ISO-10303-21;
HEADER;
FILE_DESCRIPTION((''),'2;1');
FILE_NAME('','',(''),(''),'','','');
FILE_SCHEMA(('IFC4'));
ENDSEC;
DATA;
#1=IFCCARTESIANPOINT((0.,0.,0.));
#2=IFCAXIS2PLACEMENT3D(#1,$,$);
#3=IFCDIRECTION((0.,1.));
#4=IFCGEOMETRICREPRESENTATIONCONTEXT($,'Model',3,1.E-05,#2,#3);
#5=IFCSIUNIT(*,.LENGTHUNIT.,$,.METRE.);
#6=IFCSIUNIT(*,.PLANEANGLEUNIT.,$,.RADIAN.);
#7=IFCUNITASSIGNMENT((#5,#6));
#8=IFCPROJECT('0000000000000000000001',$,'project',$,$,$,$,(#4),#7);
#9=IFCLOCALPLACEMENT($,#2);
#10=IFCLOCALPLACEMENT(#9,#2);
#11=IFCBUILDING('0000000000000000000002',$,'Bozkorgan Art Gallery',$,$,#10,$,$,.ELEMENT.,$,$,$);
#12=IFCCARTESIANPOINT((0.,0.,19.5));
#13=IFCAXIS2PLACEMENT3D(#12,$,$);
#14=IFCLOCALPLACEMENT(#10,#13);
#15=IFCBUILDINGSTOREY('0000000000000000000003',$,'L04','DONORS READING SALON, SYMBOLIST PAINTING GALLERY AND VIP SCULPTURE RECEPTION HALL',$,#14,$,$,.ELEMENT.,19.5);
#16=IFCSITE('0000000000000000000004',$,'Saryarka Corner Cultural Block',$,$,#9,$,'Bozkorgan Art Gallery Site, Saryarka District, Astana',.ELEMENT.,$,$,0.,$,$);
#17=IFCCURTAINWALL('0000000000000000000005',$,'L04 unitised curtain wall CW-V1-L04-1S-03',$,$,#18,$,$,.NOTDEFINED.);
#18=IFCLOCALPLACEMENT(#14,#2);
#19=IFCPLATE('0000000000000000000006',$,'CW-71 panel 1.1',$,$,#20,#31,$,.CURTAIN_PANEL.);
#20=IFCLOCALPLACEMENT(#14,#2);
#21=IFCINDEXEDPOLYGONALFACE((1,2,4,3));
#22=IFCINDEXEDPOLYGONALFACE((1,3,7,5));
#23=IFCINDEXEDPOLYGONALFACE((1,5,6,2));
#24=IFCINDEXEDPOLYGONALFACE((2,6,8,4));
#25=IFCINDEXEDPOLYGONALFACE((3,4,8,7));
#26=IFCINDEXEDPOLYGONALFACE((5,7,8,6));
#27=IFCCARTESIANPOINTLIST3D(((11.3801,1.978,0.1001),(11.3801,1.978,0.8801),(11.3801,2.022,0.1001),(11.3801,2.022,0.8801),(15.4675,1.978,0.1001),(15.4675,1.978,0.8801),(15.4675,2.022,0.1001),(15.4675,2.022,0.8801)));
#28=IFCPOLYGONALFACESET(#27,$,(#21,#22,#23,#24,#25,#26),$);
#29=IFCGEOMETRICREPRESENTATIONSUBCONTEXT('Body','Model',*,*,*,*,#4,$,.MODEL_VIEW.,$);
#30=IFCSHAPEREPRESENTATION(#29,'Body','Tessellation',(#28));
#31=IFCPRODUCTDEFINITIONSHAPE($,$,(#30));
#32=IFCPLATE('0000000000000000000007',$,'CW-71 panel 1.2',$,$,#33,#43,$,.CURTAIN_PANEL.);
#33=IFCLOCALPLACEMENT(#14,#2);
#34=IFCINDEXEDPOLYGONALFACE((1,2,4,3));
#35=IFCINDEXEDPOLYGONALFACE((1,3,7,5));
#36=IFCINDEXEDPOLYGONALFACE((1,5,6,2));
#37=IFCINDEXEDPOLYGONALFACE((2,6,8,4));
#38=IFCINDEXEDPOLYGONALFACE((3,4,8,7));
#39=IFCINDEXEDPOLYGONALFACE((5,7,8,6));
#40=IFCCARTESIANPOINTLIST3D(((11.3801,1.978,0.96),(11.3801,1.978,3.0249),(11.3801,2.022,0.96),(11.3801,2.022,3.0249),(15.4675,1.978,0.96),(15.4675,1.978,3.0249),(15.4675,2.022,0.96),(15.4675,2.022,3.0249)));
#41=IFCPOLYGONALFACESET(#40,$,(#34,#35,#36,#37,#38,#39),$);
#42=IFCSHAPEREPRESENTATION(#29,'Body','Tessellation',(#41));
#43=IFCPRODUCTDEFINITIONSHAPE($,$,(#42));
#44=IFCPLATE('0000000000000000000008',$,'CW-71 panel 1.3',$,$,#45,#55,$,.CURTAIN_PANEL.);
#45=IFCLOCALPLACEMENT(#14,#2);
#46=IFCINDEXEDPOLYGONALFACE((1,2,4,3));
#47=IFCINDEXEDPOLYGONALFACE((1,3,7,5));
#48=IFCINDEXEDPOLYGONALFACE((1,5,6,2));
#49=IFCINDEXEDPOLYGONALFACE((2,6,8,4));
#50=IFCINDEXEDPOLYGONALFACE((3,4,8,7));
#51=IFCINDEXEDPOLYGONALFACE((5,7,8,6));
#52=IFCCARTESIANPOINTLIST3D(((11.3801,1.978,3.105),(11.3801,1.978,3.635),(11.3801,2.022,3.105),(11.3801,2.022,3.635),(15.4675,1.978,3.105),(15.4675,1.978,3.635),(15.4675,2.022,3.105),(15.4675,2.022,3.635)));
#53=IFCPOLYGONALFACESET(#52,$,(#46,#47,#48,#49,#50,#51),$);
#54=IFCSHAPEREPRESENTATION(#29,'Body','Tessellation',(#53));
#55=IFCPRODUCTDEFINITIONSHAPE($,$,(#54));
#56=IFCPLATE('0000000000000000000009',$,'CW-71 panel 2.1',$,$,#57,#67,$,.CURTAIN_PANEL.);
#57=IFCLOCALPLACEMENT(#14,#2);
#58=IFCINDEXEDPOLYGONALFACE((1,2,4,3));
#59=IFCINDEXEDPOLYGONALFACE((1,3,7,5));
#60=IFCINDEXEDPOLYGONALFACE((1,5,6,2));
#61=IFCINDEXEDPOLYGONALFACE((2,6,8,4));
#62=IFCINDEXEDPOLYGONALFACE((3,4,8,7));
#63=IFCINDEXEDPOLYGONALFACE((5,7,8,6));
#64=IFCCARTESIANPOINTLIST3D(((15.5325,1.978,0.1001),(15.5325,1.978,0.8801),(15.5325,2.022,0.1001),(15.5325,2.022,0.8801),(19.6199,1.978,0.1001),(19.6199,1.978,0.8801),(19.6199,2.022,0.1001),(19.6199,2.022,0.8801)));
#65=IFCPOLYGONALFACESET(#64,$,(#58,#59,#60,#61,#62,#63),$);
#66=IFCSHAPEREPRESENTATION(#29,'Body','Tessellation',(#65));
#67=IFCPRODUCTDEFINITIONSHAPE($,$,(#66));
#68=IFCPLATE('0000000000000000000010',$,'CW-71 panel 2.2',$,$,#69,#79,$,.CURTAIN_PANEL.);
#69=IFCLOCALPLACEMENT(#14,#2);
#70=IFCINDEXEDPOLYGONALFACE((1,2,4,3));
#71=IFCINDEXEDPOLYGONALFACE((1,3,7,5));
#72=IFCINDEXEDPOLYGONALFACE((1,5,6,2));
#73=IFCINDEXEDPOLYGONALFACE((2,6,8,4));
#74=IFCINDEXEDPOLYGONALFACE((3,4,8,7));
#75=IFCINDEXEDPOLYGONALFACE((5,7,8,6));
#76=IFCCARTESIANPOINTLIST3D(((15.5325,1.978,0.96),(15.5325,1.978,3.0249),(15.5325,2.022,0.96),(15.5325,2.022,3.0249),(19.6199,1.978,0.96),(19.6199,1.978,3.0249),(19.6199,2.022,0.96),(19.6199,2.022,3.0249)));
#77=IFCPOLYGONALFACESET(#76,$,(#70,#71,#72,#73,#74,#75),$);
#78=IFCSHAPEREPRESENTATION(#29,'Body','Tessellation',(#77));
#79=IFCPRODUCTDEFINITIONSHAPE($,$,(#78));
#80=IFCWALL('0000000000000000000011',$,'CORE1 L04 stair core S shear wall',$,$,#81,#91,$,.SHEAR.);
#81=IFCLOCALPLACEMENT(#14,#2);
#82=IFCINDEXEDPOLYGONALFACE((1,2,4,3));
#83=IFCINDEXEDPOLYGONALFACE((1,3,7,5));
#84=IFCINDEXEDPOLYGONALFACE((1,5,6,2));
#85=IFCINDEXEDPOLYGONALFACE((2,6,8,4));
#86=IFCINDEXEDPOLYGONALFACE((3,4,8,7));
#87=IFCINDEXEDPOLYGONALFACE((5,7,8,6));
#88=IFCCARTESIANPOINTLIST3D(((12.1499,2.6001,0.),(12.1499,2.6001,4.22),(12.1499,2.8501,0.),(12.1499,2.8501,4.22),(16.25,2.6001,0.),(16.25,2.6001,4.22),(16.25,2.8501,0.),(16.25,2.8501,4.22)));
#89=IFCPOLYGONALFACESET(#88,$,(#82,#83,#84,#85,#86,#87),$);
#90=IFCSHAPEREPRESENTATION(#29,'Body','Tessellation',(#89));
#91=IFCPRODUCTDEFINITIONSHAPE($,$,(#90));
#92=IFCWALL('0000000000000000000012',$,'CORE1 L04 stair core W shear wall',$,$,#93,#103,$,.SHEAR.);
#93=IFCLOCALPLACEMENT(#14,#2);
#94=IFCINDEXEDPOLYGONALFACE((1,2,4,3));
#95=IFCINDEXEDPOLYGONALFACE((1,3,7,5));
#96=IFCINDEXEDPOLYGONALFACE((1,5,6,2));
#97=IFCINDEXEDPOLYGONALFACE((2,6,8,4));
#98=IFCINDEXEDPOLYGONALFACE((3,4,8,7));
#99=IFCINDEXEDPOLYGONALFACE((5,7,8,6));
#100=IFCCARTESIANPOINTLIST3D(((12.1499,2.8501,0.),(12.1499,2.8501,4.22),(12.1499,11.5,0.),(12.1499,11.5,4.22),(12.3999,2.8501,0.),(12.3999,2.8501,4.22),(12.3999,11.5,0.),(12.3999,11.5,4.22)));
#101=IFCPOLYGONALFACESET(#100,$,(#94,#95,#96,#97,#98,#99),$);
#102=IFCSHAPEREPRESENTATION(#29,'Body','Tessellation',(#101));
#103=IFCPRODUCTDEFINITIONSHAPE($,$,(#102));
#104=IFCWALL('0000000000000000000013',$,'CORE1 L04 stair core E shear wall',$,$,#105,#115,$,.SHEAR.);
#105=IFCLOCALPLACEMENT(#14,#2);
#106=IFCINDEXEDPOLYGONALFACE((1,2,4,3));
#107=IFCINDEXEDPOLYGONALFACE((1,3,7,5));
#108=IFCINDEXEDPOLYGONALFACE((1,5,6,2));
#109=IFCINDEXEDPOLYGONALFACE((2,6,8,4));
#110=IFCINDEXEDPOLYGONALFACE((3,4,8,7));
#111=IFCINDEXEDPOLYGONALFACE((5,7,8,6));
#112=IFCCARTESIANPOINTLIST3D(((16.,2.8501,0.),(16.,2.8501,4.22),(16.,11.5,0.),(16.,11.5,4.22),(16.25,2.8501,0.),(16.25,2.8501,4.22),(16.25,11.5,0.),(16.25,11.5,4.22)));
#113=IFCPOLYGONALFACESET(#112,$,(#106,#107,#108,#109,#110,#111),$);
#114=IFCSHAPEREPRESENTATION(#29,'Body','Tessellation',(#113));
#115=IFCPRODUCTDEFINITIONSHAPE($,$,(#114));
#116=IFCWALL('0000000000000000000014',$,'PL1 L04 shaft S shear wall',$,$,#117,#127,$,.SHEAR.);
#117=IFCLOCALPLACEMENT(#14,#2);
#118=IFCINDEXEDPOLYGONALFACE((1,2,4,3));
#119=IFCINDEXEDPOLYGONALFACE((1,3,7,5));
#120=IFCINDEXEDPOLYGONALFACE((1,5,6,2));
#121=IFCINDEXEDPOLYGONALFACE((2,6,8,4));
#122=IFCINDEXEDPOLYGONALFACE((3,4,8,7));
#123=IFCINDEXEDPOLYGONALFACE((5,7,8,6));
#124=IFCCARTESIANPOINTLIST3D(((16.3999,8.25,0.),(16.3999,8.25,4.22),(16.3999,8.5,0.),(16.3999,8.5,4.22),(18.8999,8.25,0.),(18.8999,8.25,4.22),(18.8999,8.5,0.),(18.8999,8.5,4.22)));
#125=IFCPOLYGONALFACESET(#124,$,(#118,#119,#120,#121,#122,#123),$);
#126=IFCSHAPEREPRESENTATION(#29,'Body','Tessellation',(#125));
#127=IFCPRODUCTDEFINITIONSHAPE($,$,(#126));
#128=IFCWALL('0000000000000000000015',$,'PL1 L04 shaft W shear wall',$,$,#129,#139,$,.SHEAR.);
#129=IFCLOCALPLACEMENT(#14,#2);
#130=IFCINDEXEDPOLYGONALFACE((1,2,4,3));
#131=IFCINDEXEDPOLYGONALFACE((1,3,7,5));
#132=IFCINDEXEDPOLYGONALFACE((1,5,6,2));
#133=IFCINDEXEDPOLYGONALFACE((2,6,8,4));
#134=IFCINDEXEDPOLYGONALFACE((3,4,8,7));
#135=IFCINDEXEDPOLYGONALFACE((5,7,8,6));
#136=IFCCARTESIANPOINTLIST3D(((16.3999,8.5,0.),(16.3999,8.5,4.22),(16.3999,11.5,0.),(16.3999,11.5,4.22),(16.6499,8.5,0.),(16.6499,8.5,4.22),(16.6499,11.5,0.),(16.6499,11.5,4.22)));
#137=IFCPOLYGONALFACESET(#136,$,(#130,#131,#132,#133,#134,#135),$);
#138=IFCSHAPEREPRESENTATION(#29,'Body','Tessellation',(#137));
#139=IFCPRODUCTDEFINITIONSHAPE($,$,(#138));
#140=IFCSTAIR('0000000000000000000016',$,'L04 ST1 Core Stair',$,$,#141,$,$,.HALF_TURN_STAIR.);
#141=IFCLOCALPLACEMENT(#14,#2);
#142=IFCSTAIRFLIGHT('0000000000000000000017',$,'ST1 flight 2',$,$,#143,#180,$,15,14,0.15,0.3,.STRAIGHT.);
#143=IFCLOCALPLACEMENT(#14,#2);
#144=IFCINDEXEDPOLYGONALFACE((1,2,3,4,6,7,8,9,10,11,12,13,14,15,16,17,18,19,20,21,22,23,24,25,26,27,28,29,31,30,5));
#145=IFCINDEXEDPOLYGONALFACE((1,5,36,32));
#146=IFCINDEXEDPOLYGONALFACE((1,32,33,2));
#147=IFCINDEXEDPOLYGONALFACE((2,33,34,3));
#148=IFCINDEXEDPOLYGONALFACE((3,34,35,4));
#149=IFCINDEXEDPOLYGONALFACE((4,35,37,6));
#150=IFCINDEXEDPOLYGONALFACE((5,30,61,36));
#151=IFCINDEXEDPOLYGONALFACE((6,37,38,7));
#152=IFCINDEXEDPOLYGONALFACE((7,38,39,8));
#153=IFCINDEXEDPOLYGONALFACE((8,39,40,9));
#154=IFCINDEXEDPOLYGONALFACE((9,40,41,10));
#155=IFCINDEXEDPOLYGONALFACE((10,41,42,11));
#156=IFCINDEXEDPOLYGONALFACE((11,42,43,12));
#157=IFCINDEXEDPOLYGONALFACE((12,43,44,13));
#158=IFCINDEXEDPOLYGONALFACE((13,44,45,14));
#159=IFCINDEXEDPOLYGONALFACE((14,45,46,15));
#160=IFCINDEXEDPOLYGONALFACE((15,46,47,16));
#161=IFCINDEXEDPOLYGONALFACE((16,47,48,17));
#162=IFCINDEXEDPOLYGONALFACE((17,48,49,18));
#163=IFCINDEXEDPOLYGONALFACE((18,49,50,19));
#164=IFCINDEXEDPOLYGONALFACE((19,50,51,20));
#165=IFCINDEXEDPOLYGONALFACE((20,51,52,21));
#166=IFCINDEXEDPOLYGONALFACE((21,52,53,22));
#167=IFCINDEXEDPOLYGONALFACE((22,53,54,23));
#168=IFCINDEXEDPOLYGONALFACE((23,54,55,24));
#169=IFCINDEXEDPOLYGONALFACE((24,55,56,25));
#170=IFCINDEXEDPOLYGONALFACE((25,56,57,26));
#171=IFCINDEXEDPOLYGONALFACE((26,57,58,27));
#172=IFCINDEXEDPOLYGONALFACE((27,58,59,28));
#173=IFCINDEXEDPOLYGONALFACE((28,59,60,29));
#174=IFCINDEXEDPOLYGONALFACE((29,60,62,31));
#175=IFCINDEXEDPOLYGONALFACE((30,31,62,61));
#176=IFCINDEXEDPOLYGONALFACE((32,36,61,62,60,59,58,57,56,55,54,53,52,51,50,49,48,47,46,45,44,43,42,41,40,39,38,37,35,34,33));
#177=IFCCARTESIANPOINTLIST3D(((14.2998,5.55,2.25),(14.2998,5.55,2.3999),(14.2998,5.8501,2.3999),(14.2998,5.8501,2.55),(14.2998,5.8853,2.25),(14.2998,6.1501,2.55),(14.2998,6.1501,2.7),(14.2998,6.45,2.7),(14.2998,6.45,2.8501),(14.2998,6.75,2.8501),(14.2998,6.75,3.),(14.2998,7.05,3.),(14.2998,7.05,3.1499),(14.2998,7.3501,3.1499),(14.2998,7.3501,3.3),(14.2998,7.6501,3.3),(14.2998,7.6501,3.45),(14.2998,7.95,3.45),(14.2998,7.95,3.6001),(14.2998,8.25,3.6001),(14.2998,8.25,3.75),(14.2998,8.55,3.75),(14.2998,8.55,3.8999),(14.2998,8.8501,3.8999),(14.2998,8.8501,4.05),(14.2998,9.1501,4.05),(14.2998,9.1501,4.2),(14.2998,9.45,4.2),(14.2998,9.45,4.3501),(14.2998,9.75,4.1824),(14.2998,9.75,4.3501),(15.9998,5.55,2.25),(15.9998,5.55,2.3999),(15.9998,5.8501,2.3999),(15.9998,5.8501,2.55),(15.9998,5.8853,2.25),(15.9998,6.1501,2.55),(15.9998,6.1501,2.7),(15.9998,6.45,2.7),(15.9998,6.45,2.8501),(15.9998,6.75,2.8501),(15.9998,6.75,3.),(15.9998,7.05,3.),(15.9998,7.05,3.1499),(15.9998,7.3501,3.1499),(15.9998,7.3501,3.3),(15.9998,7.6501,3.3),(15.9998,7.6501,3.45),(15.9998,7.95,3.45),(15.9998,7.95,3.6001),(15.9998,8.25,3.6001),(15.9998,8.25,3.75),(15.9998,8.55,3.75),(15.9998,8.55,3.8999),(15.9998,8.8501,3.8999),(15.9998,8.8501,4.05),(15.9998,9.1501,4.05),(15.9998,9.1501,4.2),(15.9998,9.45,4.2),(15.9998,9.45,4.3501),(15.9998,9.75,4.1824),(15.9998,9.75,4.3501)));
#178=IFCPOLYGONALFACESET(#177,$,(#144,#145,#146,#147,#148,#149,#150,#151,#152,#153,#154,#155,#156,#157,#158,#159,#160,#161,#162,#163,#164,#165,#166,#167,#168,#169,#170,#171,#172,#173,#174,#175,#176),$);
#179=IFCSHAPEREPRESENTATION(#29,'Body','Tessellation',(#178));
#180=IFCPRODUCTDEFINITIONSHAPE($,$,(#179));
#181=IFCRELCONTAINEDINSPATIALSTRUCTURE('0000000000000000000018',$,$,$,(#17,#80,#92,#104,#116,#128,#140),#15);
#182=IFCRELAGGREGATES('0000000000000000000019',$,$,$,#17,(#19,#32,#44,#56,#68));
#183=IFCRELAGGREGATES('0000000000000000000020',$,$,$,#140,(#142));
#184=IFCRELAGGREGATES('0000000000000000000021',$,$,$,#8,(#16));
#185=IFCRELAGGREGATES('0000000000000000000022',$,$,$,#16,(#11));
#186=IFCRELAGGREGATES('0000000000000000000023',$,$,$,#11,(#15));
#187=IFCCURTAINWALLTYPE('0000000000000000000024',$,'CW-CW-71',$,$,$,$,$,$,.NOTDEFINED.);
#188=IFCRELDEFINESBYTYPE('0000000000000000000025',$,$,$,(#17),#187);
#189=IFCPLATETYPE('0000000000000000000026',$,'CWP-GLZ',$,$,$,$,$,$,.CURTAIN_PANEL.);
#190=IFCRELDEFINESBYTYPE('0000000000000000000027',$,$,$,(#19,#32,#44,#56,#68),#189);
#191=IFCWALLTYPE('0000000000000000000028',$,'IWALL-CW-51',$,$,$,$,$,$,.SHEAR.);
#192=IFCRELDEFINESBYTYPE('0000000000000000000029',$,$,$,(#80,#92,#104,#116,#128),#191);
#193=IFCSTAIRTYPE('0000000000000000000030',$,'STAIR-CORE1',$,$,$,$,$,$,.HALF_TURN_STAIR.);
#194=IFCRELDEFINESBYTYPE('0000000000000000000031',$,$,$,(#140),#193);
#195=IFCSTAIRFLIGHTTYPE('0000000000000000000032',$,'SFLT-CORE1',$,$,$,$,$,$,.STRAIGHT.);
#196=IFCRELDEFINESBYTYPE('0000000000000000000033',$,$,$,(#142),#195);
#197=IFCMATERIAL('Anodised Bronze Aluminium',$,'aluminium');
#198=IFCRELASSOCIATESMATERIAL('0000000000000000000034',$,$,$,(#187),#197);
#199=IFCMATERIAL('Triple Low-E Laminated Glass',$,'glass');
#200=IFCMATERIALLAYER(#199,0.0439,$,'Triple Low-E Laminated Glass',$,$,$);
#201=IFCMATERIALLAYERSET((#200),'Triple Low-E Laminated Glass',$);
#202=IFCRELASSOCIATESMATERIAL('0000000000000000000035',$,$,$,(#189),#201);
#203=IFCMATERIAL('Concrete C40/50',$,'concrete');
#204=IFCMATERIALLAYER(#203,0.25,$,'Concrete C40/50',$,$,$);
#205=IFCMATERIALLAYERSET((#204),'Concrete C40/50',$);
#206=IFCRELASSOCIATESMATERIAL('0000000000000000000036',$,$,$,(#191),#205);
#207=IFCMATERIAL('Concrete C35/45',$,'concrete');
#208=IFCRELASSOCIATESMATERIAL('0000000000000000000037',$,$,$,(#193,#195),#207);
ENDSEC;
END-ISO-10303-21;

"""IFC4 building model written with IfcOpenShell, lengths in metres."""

from ifc_helpers import new_model, si_unit, direction, frame, frame_2d, origin, origin_2d, place, context, subcontext, project, spatial, polyline, rectangle, outline, extrude, material, layer, layer_set, type_object, element, aggregate, save


model = new_model("IFC4")

# Units and contexts
model_context = context("Model", 3, precision=1e-05, world=origin(), true_north=direction((0.0, 1.0)))
body_context = subcontext(model_context, "Body", "Model", "MODEL_VIEW")
ifc_project = project(units=[si_unit("LENGTHUNIT", "METRE"), si_unit("PLANEANGLEUNIT", "RADIAN")], contexts=[model_context])

# Site, building, storey
site_placement = place(None, origin())
site = spatial("IfcSite", under=ifc_project, at=site_placement, Name="Saryarka Corner Cultural Block", LongName="Bozkorgan Art Gallery Site, Saryarka District, Astana", CompositionType="ELEMENT", RefElevation=0.0)
building_placement = place(site_placement, origin())
building = spatial("IfcBuilding", under=site, at=building_placement, Name="Bozkorgan Art Gallery", CompositionType="ELEMENT")
storey_placement = place(building_placement, frame((0.0, 0.0, 19.5)))
storey = spatial("IfcBuildingStorey", under=building, at=storey_placement, Name="L04", Description="DONORS READING SALON, SYMBOLIST PAINTING GALLERY AND VIP SCULPTURE RECEPTION HALL", CompositionType="ELEMENT", Elevation=19.5)

# Curtain wall, plates
ifc_material_1 = material(Name="Anodised Bronze Aluminium", Category="aluminium")
curtain_wall_type = type_object("IfcCurtainWallType", Name="CW-CW-71", PredefinedType="NOTDEFINED", material=ifc_material_1)
curtain_wall_placement = place(storey_placement, origin())
curtain_wall = element("IfcCurtainWall", 1, at=curtain_wall_placement, inside=storey, type_object=curtain_wall_type, Name="L04 unitised curtain wall CW-V1-L04-1S-03", PredefinedType="NOTDEFINED")
ifc_material_2 = material(Name="Triple Low-E Laminated Glass", Category="glass")
ifc_layer_1 = layer(ifc_material_2, 0.0439, Name="Triple Low-E Laminated Glass")
ifc_layer_set_1 = layer_set([ifc_layer_1], Name="Triple Low-E Laminated Glass")
plate_type = type_object("IfcPlateType", Name="CWP-GLZ", PredefinedType="CURTAIN_PANEL", material=ifc_layer_set_1)
plate_1_placement = place(storey_placement, frame((13.4238, 2.0, 0.1001), z_axis=(0.0, 0.0, 1.0), x_axis=(1.0, 0.0, 0.0)))
plate_1 = element("IfcPlate", 2, at=plate_1_placement, type_object=plate_type, Name="CW-71 panel 1.1", PredefinedType="CURTAIN_PANEL", context=body_context, shape_type="SweptSolid", body=[
    extrude(rectangle(XDim=4.0874, YDim=0.0439, at=origin_2d()), origin(), (0.0, 0.0, 1.0), 0.78),
])
plate_2_placement = place(storey_placement, frame((13.4238, 2.0, 0.96), z_axis=(0.0, 0.0, 1.0), x_axis=(1.0, 0.0, 0.0)))
plate_2 = element("IfcPlate", 3, at=plate_2_placement, type_object=plate_type, Name="CW-71 panel 1.2", PredefinedType="CURTAIN_PANEL", context=body_context, shape_type="SweptSolid", body=[
    extrude(rectangle(XDim=4.0874, YDim=0.0439, at=origin_2d()), origin(), (0.0, 0.0, 1.0), 2.0649),
])
plate_3_placement = place(storey_placement, frame((13.4238, 2.0, 3.105), z_axis=(0.0, 0.0, 1.0), x_axis=(1.0, 0.0, 0.0)))
plate_3 = element("IfcPlate", 4, at=plate_3_placement, type_object=plate_type, Name="CW-71 panel 1.3", PredefinedType="CURTAIN_PANEL", context=body_context, shape_type="SweptSolid", body=[
    extrude(rectangle(XDim=4.0874, YDim=0.0439, at=origin_2d()), origin(), (0.0, 0.0, 1.0), 0.53),
])
plate_4_placement = place(storey_placement, frame((17.5762, 2.0, 0.1001), z_axis=(0.0, 0.0, 1.0), x_axis=(1.0, 0.0, 0.0)))
plate_4 = element("IfcPlate", 5, at=plate_4_placement, type_object=plate_type, Name="CW-71 panel 2.1", PredefinedType="CURTAIN_PANEL", context=body_context, shape_type="SweptSolid", body=[
    extrude(rectangle(XDim=4.0874, YDim=0.0439, at=origin_2d()), origin(), (0.0, 0.0, 1.0), 0.78),
])
plate_5_placement = place(storey_placement, frame((17.5762, 2.0, 0.96), z_axis=(0.0, 0.0, 1.0), x_axis=(1.0, 0.0, 0.0)))
plate_5 = element("IfcPlate", 6, at=plate_5_placement, type_object=plate_type, Name="CW-71 panel 2.2", PredefinedType="CURTAIN_PANEL", context=body_context, shape_type="SweptSolid", body=[
    extrude(rectangle(XDim=4.0874, YDim=0.0439, at=origin_2d()), origin(), (0.0, 0.0, 1.0), 2.0649),
])
aggregate(curtain_wall, [plate_1, plate_2, plate_3, plate_4, plate_5])

# Walls
ifc_material_3 = material(Name="Concrete C40/50", Category="concrete")
ifc_layer_2 = layer(ifc_material_3, 0.25, Name="Concrete C40/50")
ifc_layer_set_2 = layer_set([ifc_layer_2], Name="Concrete C40/50")
wall_type = type_object("IfcWallType", Name="IWALL-CW-51", PredefinedType="SHEAR", material=ifc_layer_set_2)
wall_1_placement = place(storey_placement, frame((12.1499, 2.7251, 0.0), z_axis=(0.0, 0.0, 1.0), x_axis=(1.0, 0.0, 0.0)))
element("IfcWall", 7, at=wall_1_placement, inside=storey, type_object=wall_type, Name="CORE1 L04 stair core S shear wall", PredefinedType="SHEAR", context=body_context, shape_type="SweptSolid", body=[
    extrude(rectangle(XDim=4.1001, YDim=0.25, at=frame_2d((2.05, 0.0))), origin(), (0.0, 0.0, 1.0), 4.22),
])
for number, where, z_axis, x_axis, name in (
    (8, (12.2749, 2.8501, 0.0), (0.0, 0.0, 1.0), (0.0, 1.0, 0.0), "CORE1 L04 stair core W shear wall"),
    (9, (16.125, 2.8501, 0.0), (0.0, 0.0, 1.0), (0.0, 1.0, 0.0), "CORE1 L04 stair core E shear wall"),
):
    element("IfcWall", number, at=place(storey_placement, frame(where, z_axis=z_axis, x_axis=x_axis)), inside=storey, type_object=wall_type, Name=name, PredefinedType="SHEAR", context=body_context, shape_type="SweptSolid", body=[
        extrude(rectangle(XDim=8.6499, YDim=0.25, at=frame_2d((4.325, 0.0))), origin(), (0.0, 0.0, 1.0), 4.22),
    ])
wall_2_placement = place(storey_placement, frame((16.3999, 8.375, 0.0), z_axis=(0.0, 0.0, 1.0), x_axis=(1.0, 0.0, 0.0)))
element("IfcWall", 10, at=wall_2_placement, inside=storey, type_object=wall_type, Name="PL1 L04 shaft S shear wall", PredefinedType="SHEAR", context=body_context, shape_type="SweptSolid", body=[
    extrude(rectangle(XDim=2.5, YDim=0.25, at=frame_2d((1.25, 0.0))), origin(), (0.0, 0.0, 1.0), 4.22),
])
wall_3_placement = place(storey_placement, frame((16.5249, 8.5, 0.0), z_axis=(0.0, 0.0, 1.0), x_axis=(0.0, 1.0, 0.0)))
element("IfcWall", 11, at=wall_3_placement, inside=storey, type_object=wall_type, Name="PL1 L04 shaft W shear wall", PredefinedType="SHEAR", context=body_context, shape_type="SweptSolid", body=[
    extrude(rectangle(XDim=3.0, YDim=0.25, at=frame_2d((1.5, 0.0))), origin(), (0.0, 0.0, 1.0), 4.22),
])

# Stair, stair flight
ifc_material_4 = material(Name="Concrete C35/45", Category="concrete")
stair_type = type_object("IfcStairType", Name="STAIR-CORE1", PredefinedType="HALF_TURN_STAIR", material=ifc_material_4)
stair_placement = place(storey_placement, origin())
stair = element("IfcStair", 12, at=stair_placement, inside=storey, type_object=stair_type, Name="L04 ST1 Core Stair", PredefinedType="HALF_TURN_STAIR")
stair_flight_type = type_object("IfcStairFlightType", Name="SFLT-CORE1", PredefinedType="STRAIGHT", material=ifc_material_4)
stair_flight_placement = place(storey_placement, frame((15.1499, 5.55, 2.25), z_axis=(0.0, 0.0, 1.0), x_axis=(0.0, 1.0, 0.0)))
stair_flight = element("IfcStairFlight", 13, at=stair_flight_placement, type_object=stair_flight_type, Name="ST1 flight 2", NumberOfRisers=15, NumberOfTreads=14, PredefinedType="STRAIGHT", RiserHeight=0.15, TreadLength=0.3, context=body_context, shape_type="SweptSolid", body=[
    extrude(outline(polyline([(0.0, 0.0), (0.0, 0.1499), (0.3, 0.1499), (0.3, 0.3), (0.6001, 0.3), (0.6001, 0.45), (0.8999, 0.45), (0.8999, 0.6001), (1.2, 0.6001), (1.2, 0.75), (1.5, 0.75), (1.5, 0.8999), (1.8, 0.8999), (1.8, 1.05), (2.1001, 1.05), (2.1001, 1.2), (2.3999, 1.2), (2.3999, 1.3501), (2.7, 1.3501), (2.7, 1.5), (3.0, 1.5), (3.0, 1.6499), (3.3, 1.6499), (3.3, 1.8), (3.6001, 1.8), (3.6001, 1.95), (3.8999, 1.95), (3.8999, 2.1001), (4.2, 2.1001), (4.2, 2.25), (4.2, 1.9324), (0.3352, 0.0), (0.0, 0.0)])), frame((0.0, 0.8501, 0.0), z_axis=(0.0, -1.0, 0.0), x_axis=(1.0, 0.0, 0.0)), (0.0, 0.0, 1.0), 1.7),
])
aggregate(stair, [stair_flight])

save(model, "model.ifc")
